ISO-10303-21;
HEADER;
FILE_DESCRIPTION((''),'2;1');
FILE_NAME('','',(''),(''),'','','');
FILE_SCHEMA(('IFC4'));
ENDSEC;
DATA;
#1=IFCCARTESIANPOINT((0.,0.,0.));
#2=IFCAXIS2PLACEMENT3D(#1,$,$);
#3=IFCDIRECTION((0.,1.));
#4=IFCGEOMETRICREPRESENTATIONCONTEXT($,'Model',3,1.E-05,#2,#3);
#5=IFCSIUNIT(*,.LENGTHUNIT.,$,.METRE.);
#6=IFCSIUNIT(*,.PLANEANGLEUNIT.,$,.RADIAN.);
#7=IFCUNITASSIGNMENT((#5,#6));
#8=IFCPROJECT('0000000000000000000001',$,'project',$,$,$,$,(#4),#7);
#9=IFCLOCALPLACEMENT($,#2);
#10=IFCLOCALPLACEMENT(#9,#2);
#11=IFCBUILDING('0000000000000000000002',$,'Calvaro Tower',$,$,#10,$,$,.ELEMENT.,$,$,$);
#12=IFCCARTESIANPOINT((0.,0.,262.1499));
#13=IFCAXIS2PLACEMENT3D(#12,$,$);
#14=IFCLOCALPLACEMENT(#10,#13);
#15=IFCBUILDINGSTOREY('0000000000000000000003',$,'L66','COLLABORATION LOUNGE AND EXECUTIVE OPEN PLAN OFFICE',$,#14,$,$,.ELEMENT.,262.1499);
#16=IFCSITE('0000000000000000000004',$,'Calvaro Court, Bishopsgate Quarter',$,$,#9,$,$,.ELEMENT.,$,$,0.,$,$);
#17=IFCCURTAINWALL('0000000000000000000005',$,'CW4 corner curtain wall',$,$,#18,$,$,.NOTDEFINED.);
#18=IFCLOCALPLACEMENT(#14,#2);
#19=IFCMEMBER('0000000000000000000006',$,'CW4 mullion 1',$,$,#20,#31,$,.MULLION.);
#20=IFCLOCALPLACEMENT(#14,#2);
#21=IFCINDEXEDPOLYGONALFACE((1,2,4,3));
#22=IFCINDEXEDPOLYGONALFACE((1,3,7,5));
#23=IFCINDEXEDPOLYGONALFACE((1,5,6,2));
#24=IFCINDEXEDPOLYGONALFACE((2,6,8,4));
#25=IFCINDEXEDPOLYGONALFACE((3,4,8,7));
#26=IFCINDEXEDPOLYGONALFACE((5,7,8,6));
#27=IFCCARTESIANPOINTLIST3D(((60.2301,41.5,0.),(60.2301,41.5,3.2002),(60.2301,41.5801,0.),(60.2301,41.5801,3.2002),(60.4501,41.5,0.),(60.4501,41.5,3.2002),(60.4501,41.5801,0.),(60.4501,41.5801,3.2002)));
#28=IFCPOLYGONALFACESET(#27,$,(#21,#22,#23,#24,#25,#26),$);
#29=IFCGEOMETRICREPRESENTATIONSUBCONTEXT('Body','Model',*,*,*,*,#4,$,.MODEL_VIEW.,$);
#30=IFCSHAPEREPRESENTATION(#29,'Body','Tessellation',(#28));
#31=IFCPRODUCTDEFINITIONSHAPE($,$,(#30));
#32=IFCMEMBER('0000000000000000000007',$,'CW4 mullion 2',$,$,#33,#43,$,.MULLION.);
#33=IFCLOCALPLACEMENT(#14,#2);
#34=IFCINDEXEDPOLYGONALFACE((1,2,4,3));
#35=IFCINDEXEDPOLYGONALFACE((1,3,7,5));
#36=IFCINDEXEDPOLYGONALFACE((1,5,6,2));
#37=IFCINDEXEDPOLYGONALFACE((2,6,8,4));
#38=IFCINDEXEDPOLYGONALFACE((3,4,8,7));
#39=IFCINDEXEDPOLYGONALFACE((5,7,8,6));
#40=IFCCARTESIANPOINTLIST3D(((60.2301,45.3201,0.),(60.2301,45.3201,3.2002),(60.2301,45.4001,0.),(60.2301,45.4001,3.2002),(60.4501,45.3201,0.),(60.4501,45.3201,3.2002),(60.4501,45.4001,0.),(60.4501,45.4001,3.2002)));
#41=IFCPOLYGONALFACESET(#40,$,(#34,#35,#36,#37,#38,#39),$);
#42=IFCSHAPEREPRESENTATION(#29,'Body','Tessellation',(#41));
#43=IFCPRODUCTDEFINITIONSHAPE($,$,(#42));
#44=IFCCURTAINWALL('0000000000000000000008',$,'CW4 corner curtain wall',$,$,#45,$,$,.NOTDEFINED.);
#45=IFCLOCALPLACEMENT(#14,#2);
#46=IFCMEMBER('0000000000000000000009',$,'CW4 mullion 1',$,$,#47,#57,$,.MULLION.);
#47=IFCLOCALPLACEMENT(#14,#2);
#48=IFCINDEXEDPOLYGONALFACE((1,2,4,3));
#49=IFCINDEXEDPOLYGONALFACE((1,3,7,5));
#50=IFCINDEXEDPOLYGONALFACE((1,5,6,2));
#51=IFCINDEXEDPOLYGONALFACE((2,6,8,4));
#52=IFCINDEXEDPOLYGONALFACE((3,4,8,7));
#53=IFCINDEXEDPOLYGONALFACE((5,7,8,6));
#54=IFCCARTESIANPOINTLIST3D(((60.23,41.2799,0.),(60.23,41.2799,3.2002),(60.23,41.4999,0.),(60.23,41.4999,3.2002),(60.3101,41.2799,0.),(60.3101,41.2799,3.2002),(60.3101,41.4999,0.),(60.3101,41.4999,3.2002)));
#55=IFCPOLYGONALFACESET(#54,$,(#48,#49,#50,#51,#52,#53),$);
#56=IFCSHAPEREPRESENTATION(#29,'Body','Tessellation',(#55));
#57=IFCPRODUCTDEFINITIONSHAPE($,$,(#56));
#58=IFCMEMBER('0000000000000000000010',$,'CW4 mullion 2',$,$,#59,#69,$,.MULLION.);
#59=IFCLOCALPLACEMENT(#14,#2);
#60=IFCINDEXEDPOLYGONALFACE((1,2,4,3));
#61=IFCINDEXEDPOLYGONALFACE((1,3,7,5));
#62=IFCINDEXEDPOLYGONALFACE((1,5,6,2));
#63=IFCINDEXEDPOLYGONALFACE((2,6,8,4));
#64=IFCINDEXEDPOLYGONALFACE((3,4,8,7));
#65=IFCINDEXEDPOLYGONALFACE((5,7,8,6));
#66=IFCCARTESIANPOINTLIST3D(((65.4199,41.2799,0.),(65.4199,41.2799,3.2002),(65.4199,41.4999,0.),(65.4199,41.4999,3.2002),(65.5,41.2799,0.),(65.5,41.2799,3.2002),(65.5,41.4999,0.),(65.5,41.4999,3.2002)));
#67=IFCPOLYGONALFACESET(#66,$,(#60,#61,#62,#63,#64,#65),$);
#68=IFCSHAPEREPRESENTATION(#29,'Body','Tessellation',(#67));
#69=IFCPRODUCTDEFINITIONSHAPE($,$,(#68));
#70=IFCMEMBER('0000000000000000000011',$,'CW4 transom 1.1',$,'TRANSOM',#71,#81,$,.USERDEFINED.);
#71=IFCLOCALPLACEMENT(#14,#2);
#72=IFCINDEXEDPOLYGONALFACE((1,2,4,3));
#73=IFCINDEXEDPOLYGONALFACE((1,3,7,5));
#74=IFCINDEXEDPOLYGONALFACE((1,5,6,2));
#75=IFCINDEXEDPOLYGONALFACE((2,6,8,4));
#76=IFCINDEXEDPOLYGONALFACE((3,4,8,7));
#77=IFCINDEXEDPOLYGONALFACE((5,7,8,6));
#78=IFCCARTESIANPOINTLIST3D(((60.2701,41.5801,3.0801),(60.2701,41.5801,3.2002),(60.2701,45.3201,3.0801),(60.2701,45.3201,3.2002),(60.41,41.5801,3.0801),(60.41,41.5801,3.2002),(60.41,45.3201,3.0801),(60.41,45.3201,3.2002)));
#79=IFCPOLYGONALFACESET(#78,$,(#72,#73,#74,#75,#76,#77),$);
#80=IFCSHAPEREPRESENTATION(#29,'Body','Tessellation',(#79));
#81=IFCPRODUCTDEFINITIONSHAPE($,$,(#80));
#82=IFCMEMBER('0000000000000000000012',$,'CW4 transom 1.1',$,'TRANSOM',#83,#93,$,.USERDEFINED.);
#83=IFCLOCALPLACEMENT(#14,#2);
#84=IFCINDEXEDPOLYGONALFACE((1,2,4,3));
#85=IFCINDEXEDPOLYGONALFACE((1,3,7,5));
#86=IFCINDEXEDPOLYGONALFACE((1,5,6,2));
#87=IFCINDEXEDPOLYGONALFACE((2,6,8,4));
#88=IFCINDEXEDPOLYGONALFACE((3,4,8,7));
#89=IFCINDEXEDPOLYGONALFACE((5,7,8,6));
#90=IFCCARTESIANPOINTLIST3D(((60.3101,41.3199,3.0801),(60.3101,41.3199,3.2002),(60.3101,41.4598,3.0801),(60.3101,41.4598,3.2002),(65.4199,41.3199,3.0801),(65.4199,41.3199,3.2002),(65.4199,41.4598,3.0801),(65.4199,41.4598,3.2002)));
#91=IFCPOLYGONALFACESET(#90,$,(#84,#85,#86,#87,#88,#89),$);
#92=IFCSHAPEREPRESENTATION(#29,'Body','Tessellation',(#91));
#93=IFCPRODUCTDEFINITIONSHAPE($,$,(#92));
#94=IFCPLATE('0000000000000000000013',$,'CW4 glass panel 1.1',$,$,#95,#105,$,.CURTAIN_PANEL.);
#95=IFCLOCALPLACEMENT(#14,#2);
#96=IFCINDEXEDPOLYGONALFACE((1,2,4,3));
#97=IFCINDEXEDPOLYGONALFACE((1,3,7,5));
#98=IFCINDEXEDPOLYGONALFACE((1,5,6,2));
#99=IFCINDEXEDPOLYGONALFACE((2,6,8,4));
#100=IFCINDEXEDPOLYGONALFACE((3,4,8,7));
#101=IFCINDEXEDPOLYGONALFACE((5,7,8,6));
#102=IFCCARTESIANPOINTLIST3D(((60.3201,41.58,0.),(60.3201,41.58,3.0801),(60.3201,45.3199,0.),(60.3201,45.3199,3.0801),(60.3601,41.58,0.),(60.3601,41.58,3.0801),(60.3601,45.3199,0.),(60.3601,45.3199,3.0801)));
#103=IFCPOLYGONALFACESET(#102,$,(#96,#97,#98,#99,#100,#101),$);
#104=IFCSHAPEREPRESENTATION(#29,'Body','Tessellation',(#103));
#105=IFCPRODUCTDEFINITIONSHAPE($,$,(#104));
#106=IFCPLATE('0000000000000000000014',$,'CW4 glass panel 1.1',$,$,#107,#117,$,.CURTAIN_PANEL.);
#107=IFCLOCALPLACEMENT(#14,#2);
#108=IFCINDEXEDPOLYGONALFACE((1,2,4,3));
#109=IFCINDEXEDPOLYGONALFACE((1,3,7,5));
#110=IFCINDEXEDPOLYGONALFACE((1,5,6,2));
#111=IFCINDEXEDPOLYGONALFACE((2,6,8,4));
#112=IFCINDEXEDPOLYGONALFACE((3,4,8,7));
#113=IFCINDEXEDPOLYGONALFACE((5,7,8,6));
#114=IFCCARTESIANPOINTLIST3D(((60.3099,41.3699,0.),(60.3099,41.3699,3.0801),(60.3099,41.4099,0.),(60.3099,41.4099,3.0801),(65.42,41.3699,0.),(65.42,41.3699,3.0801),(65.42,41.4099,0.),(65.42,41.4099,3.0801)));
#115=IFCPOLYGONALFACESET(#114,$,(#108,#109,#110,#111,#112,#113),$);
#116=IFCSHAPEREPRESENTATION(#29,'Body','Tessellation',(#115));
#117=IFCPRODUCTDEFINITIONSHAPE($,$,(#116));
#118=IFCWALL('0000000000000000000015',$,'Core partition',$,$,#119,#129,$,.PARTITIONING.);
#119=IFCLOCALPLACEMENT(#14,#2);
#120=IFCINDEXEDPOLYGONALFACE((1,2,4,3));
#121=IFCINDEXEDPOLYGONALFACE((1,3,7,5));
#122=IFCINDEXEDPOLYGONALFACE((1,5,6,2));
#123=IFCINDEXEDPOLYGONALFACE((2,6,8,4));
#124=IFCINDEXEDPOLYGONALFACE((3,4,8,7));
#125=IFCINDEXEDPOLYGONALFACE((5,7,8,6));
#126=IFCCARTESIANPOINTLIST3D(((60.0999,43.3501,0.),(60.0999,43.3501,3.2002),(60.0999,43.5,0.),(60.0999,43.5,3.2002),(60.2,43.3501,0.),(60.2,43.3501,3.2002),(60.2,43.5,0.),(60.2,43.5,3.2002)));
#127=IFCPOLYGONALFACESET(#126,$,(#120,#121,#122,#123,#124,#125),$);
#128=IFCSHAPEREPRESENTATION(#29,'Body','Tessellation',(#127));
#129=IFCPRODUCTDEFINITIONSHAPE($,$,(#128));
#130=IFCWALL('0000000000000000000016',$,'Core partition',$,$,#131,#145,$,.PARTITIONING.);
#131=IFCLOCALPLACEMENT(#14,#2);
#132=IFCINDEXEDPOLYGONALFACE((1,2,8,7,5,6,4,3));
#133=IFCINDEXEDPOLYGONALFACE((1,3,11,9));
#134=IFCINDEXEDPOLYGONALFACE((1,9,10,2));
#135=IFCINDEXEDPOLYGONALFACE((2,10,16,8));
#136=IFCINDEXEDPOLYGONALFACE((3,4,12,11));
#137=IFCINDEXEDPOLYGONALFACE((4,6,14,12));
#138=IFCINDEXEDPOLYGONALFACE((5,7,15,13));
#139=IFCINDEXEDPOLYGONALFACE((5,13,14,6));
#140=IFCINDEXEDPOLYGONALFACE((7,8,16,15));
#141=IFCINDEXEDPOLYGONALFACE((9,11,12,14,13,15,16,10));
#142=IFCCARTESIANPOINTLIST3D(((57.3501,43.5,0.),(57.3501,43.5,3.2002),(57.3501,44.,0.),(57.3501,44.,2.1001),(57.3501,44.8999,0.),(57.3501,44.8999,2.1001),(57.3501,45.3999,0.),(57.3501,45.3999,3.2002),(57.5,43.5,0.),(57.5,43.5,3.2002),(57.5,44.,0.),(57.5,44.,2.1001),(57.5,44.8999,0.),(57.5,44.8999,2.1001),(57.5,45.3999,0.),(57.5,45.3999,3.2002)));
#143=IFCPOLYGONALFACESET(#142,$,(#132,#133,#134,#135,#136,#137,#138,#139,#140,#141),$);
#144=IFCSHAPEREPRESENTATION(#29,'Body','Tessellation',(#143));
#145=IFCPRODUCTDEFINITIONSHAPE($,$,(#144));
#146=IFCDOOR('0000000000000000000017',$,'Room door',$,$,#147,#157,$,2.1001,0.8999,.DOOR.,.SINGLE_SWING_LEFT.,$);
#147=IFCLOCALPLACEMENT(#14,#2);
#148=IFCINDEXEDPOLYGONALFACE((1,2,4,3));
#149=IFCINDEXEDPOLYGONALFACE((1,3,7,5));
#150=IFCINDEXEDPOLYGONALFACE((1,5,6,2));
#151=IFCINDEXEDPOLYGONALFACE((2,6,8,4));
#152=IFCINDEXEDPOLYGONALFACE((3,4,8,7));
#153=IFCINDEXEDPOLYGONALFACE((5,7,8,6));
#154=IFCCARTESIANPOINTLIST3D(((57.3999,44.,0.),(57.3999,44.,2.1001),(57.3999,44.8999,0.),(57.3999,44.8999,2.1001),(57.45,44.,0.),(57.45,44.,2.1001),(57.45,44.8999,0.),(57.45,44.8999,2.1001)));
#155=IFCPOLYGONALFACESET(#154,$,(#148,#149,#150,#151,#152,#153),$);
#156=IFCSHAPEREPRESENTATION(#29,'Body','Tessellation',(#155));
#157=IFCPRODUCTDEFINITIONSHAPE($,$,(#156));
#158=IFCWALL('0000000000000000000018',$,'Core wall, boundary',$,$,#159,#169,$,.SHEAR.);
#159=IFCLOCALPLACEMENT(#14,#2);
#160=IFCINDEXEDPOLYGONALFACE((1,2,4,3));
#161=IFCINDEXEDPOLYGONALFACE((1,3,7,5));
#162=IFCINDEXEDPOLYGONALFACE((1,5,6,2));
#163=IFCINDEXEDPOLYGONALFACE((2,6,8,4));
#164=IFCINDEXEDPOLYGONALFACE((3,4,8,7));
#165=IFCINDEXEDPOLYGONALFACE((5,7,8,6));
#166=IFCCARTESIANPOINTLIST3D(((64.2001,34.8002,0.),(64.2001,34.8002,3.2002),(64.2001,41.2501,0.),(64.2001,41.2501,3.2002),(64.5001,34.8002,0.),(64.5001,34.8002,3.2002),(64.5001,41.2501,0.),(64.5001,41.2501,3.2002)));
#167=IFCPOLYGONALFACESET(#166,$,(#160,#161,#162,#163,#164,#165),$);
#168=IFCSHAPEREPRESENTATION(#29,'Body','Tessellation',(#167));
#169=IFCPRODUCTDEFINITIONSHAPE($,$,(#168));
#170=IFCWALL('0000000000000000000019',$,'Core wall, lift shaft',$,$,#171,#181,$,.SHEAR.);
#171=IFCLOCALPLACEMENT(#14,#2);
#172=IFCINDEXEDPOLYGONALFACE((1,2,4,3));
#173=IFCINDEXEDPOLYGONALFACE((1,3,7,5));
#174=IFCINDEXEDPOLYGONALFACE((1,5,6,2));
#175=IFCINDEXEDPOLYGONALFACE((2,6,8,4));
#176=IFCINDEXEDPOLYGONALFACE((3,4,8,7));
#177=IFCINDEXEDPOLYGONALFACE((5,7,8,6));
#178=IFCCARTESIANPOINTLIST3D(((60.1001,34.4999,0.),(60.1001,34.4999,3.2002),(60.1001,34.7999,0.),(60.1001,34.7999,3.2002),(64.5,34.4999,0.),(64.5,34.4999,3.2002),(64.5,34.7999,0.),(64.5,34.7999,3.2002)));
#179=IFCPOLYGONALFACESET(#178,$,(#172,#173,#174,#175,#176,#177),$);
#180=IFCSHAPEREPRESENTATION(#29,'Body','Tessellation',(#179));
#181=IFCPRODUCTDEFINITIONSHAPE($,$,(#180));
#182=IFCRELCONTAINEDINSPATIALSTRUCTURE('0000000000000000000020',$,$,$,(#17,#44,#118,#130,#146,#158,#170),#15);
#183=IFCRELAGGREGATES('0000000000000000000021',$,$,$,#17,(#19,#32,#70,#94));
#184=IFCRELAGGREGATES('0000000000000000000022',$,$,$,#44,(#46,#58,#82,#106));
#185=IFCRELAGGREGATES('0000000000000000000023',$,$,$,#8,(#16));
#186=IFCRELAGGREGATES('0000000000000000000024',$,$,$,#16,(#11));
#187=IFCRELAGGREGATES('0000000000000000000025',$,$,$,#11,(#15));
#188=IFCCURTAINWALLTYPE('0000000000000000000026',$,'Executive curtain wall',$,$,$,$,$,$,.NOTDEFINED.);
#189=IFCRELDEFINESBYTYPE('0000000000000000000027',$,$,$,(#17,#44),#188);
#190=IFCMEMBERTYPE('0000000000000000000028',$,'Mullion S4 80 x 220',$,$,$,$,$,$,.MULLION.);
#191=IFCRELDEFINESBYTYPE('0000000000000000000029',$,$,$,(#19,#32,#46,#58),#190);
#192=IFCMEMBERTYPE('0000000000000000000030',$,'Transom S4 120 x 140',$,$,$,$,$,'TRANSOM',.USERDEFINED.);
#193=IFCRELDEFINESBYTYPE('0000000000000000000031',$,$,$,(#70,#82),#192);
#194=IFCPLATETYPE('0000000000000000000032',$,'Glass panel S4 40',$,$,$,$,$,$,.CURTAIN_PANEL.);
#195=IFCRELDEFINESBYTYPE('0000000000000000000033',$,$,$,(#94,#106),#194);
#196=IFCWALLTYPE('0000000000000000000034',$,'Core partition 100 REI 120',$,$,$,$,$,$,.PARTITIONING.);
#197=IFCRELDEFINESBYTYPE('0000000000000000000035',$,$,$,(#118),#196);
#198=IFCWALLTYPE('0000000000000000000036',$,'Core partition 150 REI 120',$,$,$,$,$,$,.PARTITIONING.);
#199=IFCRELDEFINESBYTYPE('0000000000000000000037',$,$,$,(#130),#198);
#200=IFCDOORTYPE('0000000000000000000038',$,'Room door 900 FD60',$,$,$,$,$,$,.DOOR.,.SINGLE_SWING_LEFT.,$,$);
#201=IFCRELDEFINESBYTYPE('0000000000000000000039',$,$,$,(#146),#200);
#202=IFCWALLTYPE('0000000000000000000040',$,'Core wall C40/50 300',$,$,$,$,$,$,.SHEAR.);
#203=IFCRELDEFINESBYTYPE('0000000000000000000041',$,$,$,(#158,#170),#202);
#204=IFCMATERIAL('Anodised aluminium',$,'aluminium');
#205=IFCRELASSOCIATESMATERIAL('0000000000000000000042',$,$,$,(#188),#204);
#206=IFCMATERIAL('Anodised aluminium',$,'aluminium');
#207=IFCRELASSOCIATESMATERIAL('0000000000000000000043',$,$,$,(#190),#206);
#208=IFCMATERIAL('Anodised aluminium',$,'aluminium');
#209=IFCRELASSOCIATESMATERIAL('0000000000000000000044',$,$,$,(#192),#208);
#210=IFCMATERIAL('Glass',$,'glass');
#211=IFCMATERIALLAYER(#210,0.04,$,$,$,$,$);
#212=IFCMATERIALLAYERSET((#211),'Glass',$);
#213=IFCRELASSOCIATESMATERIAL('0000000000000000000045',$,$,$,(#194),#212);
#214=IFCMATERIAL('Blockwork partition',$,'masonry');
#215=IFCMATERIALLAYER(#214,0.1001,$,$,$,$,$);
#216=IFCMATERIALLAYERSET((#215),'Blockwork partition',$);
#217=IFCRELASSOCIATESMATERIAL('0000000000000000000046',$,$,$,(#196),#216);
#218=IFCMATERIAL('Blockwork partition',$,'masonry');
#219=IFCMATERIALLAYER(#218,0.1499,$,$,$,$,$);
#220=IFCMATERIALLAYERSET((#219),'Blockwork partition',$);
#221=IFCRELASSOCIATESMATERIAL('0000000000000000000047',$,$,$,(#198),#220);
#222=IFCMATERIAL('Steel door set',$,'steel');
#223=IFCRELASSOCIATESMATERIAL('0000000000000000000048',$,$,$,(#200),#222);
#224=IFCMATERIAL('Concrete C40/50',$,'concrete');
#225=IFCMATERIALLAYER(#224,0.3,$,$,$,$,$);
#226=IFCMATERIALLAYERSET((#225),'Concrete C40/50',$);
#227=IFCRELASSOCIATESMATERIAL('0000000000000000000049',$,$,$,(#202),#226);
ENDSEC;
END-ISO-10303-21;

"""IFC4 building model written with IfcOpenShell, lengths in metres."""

from ifc_helpers import new_model, si_unit, direction, frame, frame_2d, origin, origin_2d, place, context, subcontext, project, spatial, rectangle, extrude, material, layer, layer_set, material_profile, profile_set, type_object, element, fill, aggregate, save


model = new_model("IFC4")

# Units and contexts
model_context = context("Model", 3, precision=1e-05, world=origin(), true_north=direction((0.0, 1.0)))
body_context = subcontext(model_context, "Body", "Model", "MODEL_VIEW")
ifc_project = project(units=[si_unit("LENGTHUNIT", "METRE"), si_unit("PLANEANGLEUNIT", "RADIAN")], contexts=[model_context])

# Site, building, storey
site_placement = place(None, origin())
site = spatial("IfcSite", under=ifc_project, at=site_placement, Name="Calvaro Court, Bishopsgate Quarter", CompositionType="ELEMENT", RefElevation=0.0)
building_placement = place(site_placement, origin())
building = spatial("IfcBuilding", under=site, at=building_placement, Name="Calvaro Tower", CompositionType="ELEMENT")
storey_placement = place(building_placement, frame((0.0, 0.0, 262.1499)))
storey = spatial("IfcBuildingStorey", under=building, at=storey_placement, Name="L66", Description="COLLABORATION LOUNGE AND EXECUTIVE OPEN PLAN OFFICE", CompositionType="ELEMENT", Elevation=262.1499)

# Curtain walls, members
ifc_material_1 = material(Name="Anodised aluminium", Category="aluminium")
curtain_wall_type = type_object("IfcCurtainWallType", Name="Executive curtain wall", PredefinedType="NOTDEFINED", material=ifc_material_1)
curtain_wall_1_placement = place(storey_placement, origin())
curtain_wall_1 = element("IfcCurtainWall", 1, at=curtain_wall_1_placement, inside=storey, type_object=curtain_wall_type, Name="CW4 corner curtain wall", PredefinedType="NOTDEFINED")
ifc_material_2 = material(Name="Anodised aluminium", Category="aluminium")
ifc_material_profile_1 = material_profile(ifc_material_2, rectangle(XDim=0.22, YDim=0.0801, at=origin_2d()), Name="Mullion S4 80 x 220")
ifc_profile_set_1 = profile_set([ifc_material_profile_1], Name="Anodised aluminium")
member_type_1 = type_object("IfcMemberType", Name="Mullion S4 80 x 220", PredefinedType="MULLION", material=ifc_profile_set_1)
member_1_placement = place(storey_placement, frame((60.3401, 41.54, 0.0), z_axis=(0.0, 0.0, 1.0), x_axis=(-1.0, 0.0, 0.0)))
member_1 = element("IfcMember", 2, at=member_1_placement, type_object=member_type_1, Name="CW4 mullion 1", PredefinedType="MULLION", context=body_context, shape_type="SweptSolid", body=[
    extrude(rectangle(XDim=0.22, YDim=0.0801, at=origin_2d()), origin(), (0.0, 0.0, 1.0), 3.2002),
])
member_2_placement = place(storey_placement, frame((60.3401, 45.3601, 0.0), z_axis=(0.0, 0.0, 1.0), x_axis=(-1.0, 0.0, 0.0)))
member_2 = element("IfcMember", 3, at=member_2_placement, type_object=member_type_1, Name="CW4 mullion 2", PredefinedType="MULLION", context=body_context, shape_type="SweptSolid", body=[
    extrude(rectangle(XDim=0.22, YDim=0.0801, at=origin_2d()), origin(), (0.0, 0.0, 1.0), 3.2002),
])
curtain_wall_2_placement = place(storey_placement, origin())
curtain_wall_2 = element("IfcCurtainWall", 4, at=curtain_wall_2_placement, inside=storey, type_object=curtain_wall_type, Name="CW4 corner curtain wall", PredefinedType="NOTDEFINED")
member_3_placement = place(storey_placement, frame((60.27, 41.3899, 0.0), z_axis=(0.0, 0.0, 1.0), x_axis=(0.0, 1.0, 0.0)))
member_3 = element("IfcMember", 5, at=member_3_placement, type_object=member_type_1, Name="CW4 mullion 1", PredefinedType="MULLION", context=body_context, shape_type="SweptSolid", body=[
    extrude(rectangle(XDim=0.22, YDim=0.0801, at=origin_2d()), origin(), (0.0, 0.0, 1.0), 3.2002),
])
member_4_placement = place(storey_placement, frame((65.46, 41.3899, 0.0), z_axis=(0.0, 0.0, 1.0), x_axis=(0.0, 1.0, 0.0)))
member_4 = element("IfcMember", 6, at=member_4_placement, type_object=member_type_1, Name="CW4 mullion 2", PredefinedType="MULLION", context=body_context, shape_type="SweptSolid", body=[
    extrude(rectangle(XDim=0.22, YDim=0.0801, at=origin_2d()), origin(), (0.0, 0.0, 1.0), 3.2002),
])

# Members
ifc_material_3 = material(Name="Anodised aluminium", Category="aluminium")
ifc_material_profile_2 = material_profile(ifc_material_3, rectangle(XDim=0.1399, YDim=0.1201, at=origin_2d()), Name="Transom S4 120 x 140")
ifc_profile_set_2 = profile_set([ifc_material_profile_2], Name="Anodised aluminium")
member_type_2 = type_object("IfcMemberType", Name="Transom S4 120 x 140", ElementType="TRANSOM", PredefinedType="USERDEFINED", material=ifc_profile_set_2)
member_5_placement = place(storey_placement, frame((60.3401, 41.5801, 3.1401), z_axis=(0.0, 1.0, 0.0), x_axis=(-1.0, 0.0, 0.0)))
member_5 = element("IfcMember", 7, at=member_5_placement, type_object=member_type_2, Name="CW4 transom 1.1", ObjectType="TRANSOM", PredefinedType="USERDEFINED", context=body_context, shape_type="SweptSolid", body=[
    extrude(rectangle(XDim=0.1399, YDim=0.1201, at=origin_2d()), origin(), (0.0, 0.0, 1.0), 3.74),
])
member_6_placement = place(storey_placement, frame((60.3101, 41.3899, 3.1401), z_axis=(1.0, 0.0, 0.0), x_axis=(0.0, 1.0, 0.0)))
member_6 = element("IfcMember", 8, at=member_6_placement, type_object=member_type_2, Name="CW4 transom 1.1", ObjectType="TRANSOM", PredefinedType="USERDEFINED", context=body_context, shape_type="SweptSolid", body=[
    extrude(rectangle(XDim=0.1399, YDim=0.1201, at=origin_2d()), origin(), (0.0, 0.0, 1.0), 5.1099),
])

# Plates
ifc_material_4 = material(Name="Glass", Category="glass")
ifc_layer_1 = layer(ifc_material_4, 0.04)
ifc_layer_set_1 = layer_set([ifc_layer_1], Name="Glass")
plate_type = type_object("IfcPlateType", Name="Glass panel S4 40", PredefinedType="CURTAIN_PANEL", material=ifc_layer_set_1)
plate_1_placement = place(storey_placement, frame((60.3401, 43.45, 0.0), z_axis=(0.0, 0.0, 1.0), x_axis=(0.0, 1.0, 0.0)))
plate_1 = element("IfcPlate", 9, at=plate_1_placement, type_object=plate_type, Name="CW4 glass panel 1.1", PredefinedType="CURTAIN_PANEL", context=body_context, shape_type="SweptSolid", body=[
    extrude(rectangle(XDim=3.74, YDim=0.04, at=origin_2d()), origin(), (0.0, 0.0, 1.0), 3.0801),
])
aggregate(curtain_wall_1, [member_1, member_2, member_5, plate_1])
plate_2_placement = place(storey_placement, frame((62.865, 41.3899, 0.0), z_axis=(0.0, 0.0, 1.0), x_axis=(1.0, 0.0, 0.0)))
plate_2 = element("IfcPlate", 10, at=plate_2_placement, type_object=plate_type, Name="CW4 glass panel 1.1", PredefinedType="CURTAIN_PANEL", context=body_context, shape_type="SweptSolid", body=[
    extrude(rectangle(XDim=5.1101, YDim=0.04, at=origin_2d()), origin(), (0.0, 0.0, 1.0), 3.0801),
])
aggregate(curtain_wall_2, [member_3, member_4, member_6, plate_2])

# Wall
ifc_material_5 = material(Name="Blockwork partition", Category="masonry")
ifc_layer_2 = layer(ifc_material_5, 0.1001)
ifc_layer_set_2 = layer_set([ifc_layer_2], Name="Blockwork partition")
wall_type_1 = type_object("IfcWallType", Name="Core partition 100 REI 120", PredefinedType="PARTITIONING", material=ifc_layer_set_2)
wall_1_placement = place(storey_placement, frame((60.1499, 43.3501, 0.0), z_axis=(0.0, 0.0, 1.0), x_axis=(0.0, 1.0, 0.0)))
element("IfcWall", 11, at=wall_1_placement, inside=storey, type_object=wall_type_1, Name="Core partition", PredefinedType="PARTITIONING", context=body_context, shape_type="SweptSolid", body=[
    extrude(rectangle(XDim=0.1499, YDim=0.1001, at=frame_2d((0.075, 0.0))), origin(), (0.0, 0.0, 1.0), 3.2002),
])

# Wall, opening, door
ifc_material_6 = material(Name="Blockwork partition", Category="masonry")
ifc_layer_3 = layer(ifc_material_6, 0.1499)
ifc_layer_set_3 = layer_set([ifc_layer_3], Name="Blockwork partition")
wall_type_2 = type_object("IfcWallType", Name="Core partition 150 REI 120", PredefinedType="PARTITIONING", material=ifc_layer_set_3)
wall_2_placement = place(storey_placement, frame((57.425, 45.3999, 0.0), z_axis=(0.0, 0.0, 1.0), x_axis=(0.0, -1.0, 0.0)))
wall_2 = element("IfcWall", 12, at=wall_2_placement, inside=storey, type_object=wall_type_2, Name="Core partition", PredefinedType="PARTITIONING", context=body_context, shape_type="SweptSolid", body=[
    extrude(rectangle(XDim=1.8999, YDim=0.1499, at=frame_2d((0.95, 0.0))), origin(), (0.0, 0.0, 1.0), 3.2002),
])
opening_1_placement = place(wall_2_placement, frame((0.5, 0.0, 0.0)))
opening_1 = element("IfcOpeningElement", 13, at=opening_1_placement, cuts=wall_2, PredefinedType="OPENING", context=body_context, shape_type="SweptSolid", body=[
    extrude(rectangle(XDim=0.8999, YDim=2.1001, at=frame_2d((0.45, 1.05))), frame((0.0, 0.085, 0.0), z_axis=(0.0, -1.0, 0.0), x_axis=(1.0, 0.0, 0.0)), (0.0, 0.0, 1.0), 0.1699),
])
ifc_material_7 = material(Name="Steel door set", Category="steel")
door_type_1 = type_object("IfcDoorType", Name="Room door 900 FD60", OperationType="SINGLE_SWING_LEFT", PredefinedType="DOOR", material=ifc_material_7)
door_1_placement = place(opening_1_placement, origin())
door_1 = element("IfcDoor", 14, at=door_1_placement, inside=storey, type_object=door_type_1, Name="Room door", OperationType="SINGLE_SWING_LEFT", OverallHeight=2.1001, OverallWidth=0.8999, PredefinedType="DOOR", context=body_context, shape_type="SweptSolid", body=[
    extrude(rectangle(XDim=0.8999, YDim=2.1001, at=frame_2d((0.45, 1.05))), frame((0.0, 0.0249, 0.0), z_axis=(0.0, -1.0, 0.0), x_axis=(1.0, 0.0, 0.0)), (0.0, 0.0, 1.0), 0.05),
])
fill(opening_1, door_1)

# Walls
ifc_material_8 = material(Name="Concrete C40/50", Category="concrete")
ifc_layer_4 = layer(ifc_material_8, 0.3)
ifc_layer_set_4 = layer_set([ifc_layer_4], Name="Concrete C40/50")
wall_type_3 = type_object("IfcWallType", Name="Core wall C40/50 300", PredefinedType="SHEAR", material=ifc_layer_set_4)
wall_3_placement = place(storey_placement, frame((64.3501, 34.8, 0.0), z_axis=(0.0, 0.0, 1.0), x_axis=(0.0, 1.0, 0.0)))
element("IfcWall", 15, at=wall_3_placement, inside=storey, type_object=wall_type_3, Name="Core wall, boundary", PredefinedType="SHEAR", context=body_context, shape_type="SweptSolid", body=[
    extrude(rectangle(XDim=6.45, YDim=0.3, at=frame_2d((3.2251, 0.0))), origin(), (0.0, 0.0, 1.0), 3.2002),
])
wall_4_placement = place(storey_placement, frame((60.1001, 34.6499, 0.0), z_axis=(0.0, 0.0, 1.0), x_axis=(1.0, 0.0, 0.0)))
element("IfcWall", 16, at=wall_4_placement, inside=storey, type_object=wall_type_3, Name="Core wall, lift shaft", PredefinedType="SHEAR", context=body_context, shape_type="SweptSolid", body=[
    extrude(rectangle(XDim=4.3999, YDim=0.3, at=frame_2d((2.2, 0.0))), origin(), (0.0, 0.0, 1.0), 3.2002),
])

save(model, "model.ifc")
